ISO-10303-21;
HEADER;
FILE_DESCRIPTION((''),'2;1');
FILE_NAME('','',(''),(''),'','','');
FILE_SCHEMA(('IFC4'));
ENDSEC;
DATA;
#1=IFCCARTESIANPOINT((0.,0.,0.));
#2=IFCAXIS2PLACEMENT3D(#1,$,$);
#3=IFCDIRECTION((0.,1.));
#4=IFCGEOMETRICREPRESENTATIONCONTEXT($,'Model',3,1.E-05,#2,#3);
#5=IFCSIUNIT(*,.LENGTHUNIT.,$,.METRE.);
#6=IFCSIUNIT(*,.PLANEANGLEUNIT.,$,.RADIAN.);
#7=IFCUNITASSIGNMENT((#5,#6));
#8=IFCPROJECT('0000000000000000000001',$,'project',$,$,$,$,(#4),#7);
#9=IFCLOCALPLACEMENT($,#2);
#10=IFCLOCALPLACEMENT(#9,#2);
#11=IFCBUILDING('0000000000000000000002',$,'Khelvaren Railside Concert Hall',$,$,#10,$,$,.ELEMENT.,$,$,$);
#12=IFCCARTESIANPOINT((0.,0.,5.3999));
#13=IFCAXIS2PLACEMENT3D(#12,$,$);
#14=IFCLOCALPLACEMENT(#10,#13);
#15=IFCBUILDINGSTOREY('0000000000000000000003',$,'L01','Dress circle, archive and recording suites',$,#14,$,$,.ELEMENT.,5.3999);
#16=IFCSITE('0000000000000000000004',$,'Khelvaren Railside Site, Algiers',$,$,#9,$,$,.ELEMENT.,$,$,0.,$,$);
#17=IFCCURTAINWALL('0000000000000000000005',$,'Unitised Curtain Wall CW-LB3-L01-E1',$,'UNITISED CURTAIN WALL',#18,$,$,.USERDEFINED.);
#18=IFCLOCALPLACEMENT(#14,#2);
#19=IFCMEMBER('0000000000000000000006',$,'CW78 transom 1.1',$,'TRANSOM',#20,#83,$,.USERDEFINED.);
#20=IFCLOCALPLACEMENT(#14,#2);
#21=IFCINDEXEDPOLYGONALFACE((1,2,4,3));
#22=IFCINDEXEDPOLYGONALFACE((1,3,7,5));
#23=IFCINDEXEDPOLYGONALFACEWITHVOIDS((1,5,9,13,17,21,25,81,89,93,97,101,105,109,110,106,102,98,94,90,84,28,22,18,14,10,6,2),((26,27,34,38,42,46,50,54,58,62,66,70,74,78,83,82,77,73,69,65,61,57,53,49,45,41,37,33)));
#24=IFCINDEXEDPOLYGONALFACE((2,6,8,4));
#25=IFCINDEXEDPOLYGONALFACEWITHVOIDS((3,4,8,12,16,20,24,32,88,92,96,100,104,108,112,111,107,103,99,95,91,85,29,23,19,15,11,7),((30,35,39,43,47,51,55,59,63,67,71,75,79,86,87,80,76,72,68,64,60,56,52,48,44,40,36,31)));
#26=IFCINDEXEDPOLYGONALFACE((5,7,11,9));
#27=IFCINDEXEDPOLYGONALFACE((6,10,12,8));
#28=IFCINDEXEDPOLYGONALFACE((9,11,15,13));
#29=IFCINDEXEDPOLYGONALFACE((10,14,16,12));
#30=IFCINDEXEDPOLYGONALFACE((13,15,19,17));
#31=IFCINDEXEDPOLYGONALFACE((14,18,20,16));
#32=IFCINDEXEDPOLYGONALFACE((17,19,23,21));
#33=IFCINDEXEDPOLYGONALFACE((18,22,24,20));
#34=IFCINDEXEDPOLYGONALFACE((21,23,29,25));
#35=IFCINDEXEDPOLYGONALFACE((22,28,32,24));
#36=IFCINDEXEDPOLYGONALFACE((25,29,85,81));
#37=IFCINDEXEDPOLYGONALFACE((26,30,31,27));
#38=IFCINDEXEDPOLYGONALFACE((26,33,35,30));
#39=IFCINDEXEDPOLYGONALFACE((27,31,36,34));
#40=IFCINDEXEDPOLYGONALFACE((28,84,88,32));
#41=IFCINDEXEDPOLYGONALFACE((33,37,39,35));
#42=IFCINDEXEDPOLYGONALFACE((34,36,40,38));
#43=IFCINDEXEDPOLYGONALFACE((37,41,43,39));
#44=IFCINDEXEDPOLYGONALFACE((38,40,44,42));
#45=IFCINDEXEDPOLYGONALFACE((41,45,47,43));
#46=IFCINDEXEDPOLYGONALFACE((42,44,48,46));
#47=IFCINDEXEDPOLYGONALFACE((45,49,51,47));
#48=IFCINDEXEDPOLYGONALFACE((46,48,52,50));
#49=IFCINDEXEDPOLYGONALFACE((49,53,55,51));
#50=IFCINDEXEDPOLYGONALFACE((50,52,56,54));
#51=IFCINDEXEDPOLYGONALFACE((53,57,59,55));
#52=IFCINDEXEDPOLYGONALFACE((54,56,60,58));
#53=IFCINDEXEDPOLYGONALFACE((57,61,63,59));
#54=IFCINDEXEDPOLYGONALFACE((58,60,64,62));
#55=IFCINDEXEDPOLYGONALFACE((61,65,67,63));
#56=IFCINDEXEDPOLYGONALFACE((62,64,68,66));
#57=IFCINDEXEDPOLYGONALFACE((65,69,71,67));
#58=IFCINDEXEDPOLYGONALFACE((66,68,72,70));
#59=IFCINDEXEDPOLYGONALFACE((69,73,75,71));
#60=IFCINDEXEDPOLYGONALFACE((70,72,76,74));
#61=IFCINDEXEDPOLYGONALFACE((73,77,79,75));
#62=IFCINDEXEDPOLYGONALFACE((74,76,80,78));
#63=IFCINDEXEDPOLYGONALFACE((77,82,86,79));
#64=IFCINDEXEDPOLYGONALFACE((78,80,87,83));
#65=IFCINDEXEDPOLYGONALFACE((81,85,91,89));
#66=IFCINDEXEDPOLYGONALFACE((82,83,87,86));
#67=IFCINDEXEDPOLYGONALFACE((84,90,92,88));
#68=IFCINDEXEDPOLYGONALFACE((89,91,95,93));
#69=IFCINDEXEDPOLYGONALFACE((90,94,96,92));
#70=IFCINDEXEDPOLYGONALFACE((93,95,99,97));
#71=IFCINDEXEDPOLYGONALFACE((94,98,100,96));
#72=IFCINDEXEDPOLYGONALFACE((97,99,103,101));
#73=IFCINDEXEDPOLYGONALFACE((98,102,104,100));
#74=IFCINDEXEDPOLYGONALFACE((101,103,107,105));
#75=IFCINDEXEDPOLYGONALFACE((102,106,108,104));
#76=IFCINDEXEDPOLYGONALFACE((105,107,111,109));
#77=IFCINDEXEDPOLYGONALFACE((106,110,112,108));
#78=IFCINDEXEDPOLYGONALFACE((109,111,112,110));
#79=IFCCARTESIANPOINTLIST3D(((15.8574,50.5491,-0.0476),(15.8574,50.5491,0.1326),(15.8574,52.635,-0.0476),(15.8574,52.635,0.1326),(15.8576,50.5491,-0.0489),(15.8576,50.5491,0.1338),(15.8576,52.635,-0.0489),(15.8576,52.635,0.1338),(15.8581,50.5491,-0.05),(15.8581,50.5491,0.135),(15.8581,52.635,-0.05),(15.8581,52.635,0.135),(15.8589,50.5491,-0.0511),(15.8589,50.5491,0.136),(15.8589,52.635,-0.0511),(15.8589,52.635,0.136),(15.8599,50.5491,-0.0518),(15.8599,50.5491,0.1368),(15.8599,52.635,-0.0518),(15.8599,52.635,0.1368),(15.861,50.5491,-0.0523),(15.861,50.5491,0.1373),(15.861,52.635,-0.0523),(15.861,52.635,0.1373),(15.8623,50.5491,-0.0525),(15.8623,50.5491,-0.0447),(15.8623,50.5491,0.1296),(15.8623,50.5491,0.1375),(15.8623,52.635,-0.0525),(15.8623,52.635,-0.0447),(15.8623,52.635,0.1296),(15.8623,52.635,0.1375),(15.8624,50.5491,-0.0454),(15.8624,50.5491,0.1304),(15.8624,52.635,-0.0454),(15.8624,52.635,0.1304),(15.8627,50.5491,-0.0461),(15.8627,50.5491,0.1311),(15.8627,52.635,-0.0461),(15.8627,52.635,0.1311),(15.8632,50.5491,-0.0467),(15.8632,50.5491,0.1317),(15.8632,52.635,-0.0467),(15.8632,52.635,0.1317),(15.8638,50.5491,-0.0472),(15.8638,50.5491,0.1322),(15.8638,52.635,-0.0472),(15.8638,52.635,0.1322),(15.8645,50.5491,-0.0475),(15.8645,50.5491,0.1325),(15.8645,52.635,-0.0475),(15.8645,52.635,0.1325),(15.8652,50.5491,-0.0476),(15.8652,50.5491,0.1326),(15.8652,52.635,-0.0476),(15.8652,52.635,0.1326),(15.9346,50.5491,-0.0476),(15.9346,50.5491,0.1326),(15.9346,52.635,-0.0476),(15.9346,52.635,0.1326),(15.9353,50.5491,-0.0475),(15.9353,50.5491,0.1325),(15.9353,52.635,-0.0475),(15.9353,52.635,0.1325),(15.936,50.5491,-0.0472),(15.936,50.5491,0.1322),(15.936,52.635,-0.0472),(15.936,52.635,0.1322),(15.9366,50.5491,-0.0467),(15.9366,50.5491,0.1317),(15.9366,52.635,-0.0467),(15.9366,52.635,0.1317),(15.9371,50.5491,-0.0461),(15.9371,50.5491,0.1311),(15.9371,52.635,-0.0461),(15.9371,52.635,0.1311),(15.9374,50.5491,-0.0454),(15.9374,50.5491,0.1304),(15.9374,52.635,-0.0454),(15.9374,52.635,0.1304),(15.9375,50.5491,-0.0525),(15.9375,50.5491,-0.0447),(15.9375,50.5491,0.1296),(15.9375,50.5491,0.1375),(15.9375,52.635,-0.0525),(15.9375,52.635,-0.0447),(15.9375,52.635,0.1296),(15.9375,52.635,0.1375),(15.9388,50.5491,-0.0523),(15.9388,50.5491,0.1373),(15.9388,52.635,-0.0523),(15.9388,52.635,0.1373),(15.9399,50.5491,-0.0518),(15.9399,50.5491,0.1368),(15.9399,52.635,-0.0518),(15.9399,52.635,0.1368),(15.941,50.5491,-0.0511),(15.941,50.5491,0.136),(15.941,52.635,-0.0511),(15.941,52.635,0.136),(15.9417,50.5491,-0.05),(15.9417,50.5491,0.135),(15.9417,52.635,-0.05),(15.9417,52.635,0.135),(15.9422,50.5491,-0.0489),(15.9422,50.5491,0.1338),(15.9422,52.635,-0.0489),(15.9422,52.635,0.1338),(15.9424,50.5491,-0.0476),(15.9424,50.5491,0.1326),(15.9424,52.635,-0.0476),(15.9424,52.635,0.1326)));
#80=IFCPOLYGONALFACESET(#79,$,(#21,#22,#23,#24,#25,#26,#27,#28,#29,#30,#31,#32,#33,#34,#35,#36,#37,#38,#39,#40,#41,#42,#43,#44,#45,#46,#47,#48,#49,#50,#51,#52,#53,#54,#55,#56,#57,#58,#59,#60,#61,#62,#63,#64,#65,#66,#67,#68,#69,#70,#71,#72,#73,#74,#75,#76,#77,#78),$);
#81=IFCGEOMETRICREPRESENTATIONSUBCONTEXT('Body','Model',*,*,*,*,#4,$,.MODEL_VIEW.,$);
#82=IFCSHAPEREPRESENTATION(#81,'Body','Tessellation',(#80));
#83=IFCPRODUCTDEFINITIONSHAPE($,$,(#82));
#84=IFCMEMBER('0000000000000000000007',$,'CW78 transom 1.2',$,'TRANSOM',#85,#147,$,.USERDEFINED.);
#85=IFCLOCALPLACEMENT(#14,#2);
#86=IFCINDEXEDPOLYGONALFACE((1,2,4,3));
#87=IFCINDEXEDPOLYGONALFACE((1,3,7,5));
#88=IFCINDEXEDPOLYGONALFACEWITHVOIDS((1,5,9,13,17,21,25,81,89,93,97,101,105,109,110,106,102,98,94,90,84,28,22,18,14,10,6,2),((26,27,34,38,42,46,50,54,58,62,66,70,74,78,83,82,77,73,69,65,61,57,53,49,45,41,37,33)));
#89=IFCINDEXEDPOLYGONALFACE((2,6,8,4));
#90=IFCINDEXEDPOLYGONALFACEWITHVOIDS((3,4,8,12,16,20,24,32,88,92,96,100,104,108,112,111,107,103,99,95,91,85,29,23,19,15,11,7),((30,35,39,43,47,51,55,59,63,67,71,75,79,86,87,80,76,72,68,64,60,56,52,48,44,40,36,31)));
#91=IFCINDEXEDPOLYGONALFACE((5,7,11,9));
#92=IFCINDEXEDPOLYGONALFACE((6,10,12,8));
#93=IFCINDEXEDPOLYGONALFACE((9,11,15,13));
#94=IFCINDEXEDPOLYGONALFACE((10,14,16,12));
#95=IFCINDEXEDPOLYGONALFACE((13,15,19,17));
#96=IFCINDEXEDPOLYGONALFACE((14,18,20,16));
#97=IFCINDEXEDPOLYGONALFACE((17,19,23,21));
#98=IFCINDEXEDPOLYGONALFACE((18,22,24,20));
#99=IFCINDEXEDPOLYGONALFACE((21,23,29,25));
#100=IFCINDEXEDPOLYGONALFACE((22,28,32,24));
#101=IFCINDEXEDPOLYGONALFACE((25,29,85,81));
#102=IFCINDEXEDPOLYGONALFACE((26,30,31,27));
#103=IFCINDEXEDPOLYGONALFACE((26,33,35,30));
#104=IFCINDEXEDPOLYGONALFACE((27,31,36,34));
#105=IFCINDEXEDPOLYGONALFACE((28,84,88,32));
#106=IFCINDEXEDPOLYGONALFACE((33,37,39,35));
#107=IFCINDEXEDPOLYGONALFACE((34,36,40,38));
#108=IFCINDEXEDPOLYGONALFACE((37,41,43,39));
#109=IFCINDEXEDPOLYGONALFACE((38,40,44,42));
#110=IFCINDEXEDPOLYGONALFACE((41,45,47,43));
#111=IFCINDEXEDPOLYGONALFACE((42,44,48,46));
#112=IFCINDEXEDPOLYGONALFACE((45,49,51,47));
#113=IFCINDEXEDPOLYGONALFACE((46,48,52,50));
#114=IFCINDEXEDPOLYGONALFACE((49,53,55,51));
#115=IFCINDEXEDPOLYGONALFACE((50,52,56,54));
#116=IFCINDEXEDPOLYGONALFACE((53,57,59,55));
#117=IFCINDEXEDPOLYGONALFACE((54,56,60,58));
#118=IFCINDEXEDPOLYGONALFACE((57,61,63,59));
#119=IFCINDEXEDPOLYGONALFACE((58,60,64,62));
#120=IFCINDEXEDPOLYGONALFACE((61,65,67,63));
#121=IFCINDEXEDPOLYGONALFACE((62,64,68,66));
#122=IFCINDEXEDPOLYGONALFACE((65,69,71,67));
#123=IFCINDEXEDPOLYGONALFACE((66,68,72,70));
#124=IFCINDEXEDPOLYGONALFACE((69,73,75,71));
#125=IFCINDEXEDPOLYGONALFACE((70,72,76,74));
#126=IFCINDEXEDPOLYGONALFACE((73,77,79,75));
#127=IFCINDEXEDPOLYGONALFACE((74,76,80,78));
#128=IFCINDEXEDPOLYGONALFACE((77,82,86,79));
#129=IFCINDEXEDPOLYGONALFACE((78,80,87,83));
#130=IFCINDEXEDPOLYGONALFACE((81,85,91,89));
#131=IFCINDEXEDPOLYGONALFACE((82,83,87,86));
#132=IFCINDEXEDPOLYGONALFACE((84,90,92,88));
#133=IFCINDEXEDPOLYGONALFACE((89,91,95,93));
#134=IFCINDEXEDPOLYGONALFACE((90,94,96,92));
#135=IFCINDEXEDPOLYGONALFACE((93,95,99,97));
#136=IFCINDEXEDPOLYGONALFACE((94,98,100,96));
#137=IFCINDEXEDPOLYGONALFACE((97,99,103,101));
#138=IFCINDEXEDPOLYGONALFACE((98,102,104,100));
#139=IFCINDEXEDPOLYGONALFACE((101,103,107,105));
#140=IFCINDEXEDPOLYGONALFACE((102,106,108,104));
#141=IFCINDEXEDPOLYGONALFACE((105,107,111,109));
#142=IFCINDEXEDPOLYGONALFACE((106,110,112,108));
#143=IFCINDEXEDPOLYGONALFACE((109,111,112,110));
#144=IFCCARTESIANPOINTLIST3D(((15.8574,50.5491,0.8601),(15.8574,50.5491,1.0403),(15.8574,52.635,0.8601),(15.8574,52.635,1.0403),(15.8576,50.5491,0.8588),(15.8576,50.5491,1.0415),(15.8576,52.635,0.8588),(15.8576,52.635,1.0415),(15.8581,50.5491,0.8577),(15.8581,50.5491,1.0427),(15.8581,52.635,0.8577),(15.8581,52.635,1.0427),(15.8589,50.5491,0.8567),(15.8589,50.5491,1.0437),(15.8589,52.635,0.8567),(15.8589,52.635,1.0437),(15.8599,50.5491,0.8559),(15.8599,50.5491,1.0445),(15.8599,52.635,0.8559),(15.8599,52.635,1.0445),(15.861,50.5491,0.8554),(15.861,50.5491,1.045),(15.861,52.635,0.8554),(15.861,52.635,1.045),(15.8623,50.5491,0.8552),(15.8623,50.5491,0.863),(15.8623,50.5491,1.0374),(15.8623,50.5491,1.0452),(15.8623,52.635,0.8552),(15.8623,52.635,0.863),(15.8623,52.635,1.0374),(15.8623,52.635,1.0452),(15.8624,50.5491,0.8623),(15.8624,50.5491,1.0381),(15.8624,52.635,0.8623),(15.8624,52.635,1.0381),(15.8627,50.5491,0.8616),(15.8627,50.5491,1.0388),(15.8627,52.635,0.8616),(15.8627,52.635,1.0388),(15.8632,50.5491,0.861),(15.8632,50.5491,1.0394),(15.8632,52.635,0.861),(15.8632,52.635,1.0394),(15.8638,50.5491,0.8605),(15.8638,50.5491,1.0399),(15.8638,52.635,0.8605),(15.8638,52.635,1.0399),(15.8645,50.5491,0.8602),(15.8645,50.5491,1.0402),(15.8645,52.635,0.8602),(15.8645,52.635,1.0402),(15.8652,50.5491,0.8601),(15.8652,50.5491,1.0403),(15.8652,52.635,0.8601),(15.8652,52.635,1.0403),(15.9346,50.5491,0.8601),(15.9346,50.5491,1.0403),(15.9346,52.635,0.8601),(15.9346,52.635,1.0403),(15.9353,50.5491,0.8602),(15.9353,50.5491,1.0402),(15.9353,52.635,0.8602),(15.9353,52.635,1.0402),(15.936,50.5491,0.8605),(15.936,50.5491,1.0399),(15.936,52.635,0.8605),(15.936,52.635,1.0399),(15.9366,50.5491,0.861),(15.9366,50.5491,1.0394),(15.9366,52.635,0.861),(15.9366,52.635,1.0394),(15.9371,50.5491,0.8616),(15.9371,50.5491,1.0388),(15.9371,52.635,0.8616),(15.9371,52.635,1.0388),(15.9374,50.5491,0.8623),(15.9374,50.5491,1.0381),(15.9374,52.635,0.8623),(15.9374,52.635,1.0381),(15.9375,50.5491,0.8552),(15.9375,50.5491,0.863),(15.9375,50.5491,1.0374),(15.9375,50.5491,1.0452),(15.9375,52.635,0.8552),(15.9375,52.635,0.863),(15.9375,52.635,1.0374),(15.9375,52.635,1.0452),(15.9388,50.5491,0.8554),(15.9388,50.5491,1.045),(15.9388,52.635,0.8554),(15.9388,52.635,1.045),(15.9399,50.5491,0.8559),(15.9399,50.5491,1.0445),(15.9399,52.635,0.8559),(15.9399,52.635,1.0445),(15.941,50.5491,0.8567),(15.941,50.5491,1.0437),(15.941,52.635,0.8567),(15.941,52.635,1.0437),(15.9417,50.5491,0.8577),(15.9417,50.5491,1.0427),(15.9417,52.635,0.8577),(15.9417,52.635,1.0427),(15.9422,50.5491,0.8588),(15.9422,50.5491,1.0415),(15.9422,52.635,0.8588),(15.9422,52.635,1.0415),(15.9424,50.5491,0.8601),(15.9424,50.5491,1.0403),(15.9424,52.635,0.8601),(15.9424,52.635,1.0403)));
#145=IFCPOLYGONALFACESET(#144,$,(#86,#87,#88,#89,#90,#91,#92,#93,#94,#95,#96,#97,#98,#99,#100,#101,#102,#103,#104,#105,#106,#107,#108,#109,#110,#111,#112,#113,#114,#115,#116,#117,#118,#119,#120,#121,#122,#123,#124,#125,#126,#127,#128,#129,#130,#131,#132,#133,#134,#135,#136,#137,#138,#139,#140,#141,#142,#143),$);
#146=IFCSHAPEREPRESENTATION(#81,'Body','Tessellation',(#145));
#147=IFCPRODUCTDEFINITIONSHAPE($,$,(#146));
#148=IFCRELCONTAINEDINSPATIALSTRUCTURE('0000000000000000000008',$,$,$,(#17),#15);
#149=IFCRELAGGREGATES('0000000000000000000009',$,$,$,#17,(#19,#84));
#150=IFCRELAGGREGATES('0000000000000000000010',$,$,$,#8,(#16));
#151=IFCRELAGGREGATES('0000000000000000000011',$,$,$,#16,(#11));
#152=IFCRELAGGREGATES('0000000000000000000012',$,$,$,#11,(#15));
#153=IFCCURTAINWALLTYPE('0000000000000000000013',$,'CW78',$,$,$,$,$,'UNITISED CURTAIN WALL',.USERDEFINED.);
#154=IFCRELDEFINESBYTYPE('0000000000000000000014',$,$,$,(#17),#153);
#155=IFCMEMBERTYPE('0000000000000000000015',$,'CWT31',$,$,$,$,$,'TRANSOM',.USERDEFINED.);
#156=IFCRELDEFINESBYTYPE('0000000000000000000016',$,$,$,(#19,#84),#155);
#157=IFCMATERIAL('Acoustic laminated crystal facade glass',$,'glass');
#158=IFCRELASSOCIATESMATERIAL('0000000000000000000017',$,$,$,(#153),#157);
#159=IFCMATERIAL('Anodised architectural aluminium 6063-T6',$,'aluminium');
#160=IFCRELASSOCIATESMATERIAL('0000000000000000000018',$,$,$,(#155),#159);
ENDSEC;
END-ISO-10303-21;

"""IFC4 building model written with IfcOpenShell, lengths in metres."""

from ifc_helpers import new_model, si_unit, direction, frame, origin, origin_2d, place, context, subcontext, project, spatial, hollow_rectangle, extrude, material, material_profile, profile_set, type_object, element, aggregate, save


model = new_model("IFC4")

# Units and contexts
model_context = context("Model", 3, precision=1e-05, world=origin(), true_north=direction((0.0, 1.0)))
body_context = subcontext(model_context, "Body", "Model", "MODEL_VIEW")
ifc_project = project(units=[si_unit("LENGTHUNIT", "METRE"), si_unit("PLANEANGLEUNIT", "RADIAN")], contexts=[model_context])

# Site, building, storey
site_placement = place(None, origin())
site = spatial("IfcSite", under=ifc_project, at=site_placement, Name="Khelvaren Railside Site, Algiers", CompositionType="ELEMENT", RefElevation=0.0)
building_placement = place(site_placement, origin())
building = spatial("IfcBuilding", under=site, at=building_placement, Name="Khelvaren Railside Concert Hall", CompositionType="ELEMENT")
storey_placement = place(building_placement, frame((0.0, 0.0, 5.3999)))
storey = spatial("IfcBuildingStorey", under=building, at=storey_placement, Name="L01", Description="Dress circle, archive and recording suites", CompositionType="ELEMENT", Elevation=5.3999)

# Curtain wall
ifc_material_1 = material(Name="Acoustic laminated crystal facade glass", Category="glass")
curtain_wall_type = type_object("IfcCurtainWallType", Name="CW78", ElementType="UNITISED CURTAIN WALL", PredefinedType="USERDEFINED", material=ifc_material_1)
curtain_wall_1_placement = place(storey_placement, origin())
curtain_wall_1 = element("IfcCurtainWall", 1, at=curtain_wall_1_placement, inside=storey, type_object=curtain_wall_type, Name="Unitised Curtain Wall CW-LB3-L01-E1", ObjectType="UNITISED CURTAIN WALL", PredefinedType="USERDEFINED")
ifc_material_2 = material(Name="Anodised architectural aluminium 6063-T6", Category="aluminium")

# Members
ifc_material_profile_1 = material_profile(ifc_material_2, hollow_rectangle(XDim=0.085, YDim=0.1899, WallThickness=0.0049, InnerFilletRadius=0.0029, OuterFilletRadius=0.0049, at=origin_2d()), Name="CWT 85x190x5")
ifc_profile_set_1 = profile_set([ifc_material_profile_1], Name="Anodised architectural aluminium 6063-T6")
member_type_1 = type_object("IfcMemberType", Name="CWT31", ElementType="TRANSOM", PredefinedType="USERDEFINED", material=ifc_profile_set_1)
member_1_placement = place(storey_placement, frame((15.8999, 52.635, 0.0425), z_axis=(0.0, -1.0, 0.0), x_axis=(1.0, 0.0, 0.0)))
member_1 = element("IfcMember", 2, at=member_1_placement, type_object=member_type_1, Name="CW78 transom 1.1", ObjectType="TRANSOM", PredefinedType="USERDEFINED", context=body_context, shape_type="SweptSolid", body=[
    extrude(hollow_rectangle(XDim=0.085, YDim=0.1899, WallThickness=0.0049, InnerFilletRadius=0.0029, OuterFilletRadius=0.0049, at=origin_2d()), origin(), (0.0, 0.0, 1.0), 2.0859),
])
member_2_placement = place(storey_placement, frame((15.8999, 52.635, 0.9502), z_axis=(0.0, -1.0, 0.0), x_axis=(1.0, 0.0, 0.0)))
member_2 = element("IfcMember", 3, at=member_2_placement, type_object=member_type_1, Name="CW78 transom 1.2", ObjectType="TRANSOM", PredefinedType="USERDEFINED", context=body_context, shape_type="SweptSolid", body=[
    extrude(hollow_rectangle(XDim=0.085, YDim=0.1899, WallThickness=0.0049, InnerFilletRadius=0.0029, OuterFilletRadius=0.0049, at=origin_2d()), origin(), (0.0, 0.0, 1.0), 2.0859),
])

aggregate(curtain_wall_1, [member_1, member_2])

save(model, "model.ifc")
